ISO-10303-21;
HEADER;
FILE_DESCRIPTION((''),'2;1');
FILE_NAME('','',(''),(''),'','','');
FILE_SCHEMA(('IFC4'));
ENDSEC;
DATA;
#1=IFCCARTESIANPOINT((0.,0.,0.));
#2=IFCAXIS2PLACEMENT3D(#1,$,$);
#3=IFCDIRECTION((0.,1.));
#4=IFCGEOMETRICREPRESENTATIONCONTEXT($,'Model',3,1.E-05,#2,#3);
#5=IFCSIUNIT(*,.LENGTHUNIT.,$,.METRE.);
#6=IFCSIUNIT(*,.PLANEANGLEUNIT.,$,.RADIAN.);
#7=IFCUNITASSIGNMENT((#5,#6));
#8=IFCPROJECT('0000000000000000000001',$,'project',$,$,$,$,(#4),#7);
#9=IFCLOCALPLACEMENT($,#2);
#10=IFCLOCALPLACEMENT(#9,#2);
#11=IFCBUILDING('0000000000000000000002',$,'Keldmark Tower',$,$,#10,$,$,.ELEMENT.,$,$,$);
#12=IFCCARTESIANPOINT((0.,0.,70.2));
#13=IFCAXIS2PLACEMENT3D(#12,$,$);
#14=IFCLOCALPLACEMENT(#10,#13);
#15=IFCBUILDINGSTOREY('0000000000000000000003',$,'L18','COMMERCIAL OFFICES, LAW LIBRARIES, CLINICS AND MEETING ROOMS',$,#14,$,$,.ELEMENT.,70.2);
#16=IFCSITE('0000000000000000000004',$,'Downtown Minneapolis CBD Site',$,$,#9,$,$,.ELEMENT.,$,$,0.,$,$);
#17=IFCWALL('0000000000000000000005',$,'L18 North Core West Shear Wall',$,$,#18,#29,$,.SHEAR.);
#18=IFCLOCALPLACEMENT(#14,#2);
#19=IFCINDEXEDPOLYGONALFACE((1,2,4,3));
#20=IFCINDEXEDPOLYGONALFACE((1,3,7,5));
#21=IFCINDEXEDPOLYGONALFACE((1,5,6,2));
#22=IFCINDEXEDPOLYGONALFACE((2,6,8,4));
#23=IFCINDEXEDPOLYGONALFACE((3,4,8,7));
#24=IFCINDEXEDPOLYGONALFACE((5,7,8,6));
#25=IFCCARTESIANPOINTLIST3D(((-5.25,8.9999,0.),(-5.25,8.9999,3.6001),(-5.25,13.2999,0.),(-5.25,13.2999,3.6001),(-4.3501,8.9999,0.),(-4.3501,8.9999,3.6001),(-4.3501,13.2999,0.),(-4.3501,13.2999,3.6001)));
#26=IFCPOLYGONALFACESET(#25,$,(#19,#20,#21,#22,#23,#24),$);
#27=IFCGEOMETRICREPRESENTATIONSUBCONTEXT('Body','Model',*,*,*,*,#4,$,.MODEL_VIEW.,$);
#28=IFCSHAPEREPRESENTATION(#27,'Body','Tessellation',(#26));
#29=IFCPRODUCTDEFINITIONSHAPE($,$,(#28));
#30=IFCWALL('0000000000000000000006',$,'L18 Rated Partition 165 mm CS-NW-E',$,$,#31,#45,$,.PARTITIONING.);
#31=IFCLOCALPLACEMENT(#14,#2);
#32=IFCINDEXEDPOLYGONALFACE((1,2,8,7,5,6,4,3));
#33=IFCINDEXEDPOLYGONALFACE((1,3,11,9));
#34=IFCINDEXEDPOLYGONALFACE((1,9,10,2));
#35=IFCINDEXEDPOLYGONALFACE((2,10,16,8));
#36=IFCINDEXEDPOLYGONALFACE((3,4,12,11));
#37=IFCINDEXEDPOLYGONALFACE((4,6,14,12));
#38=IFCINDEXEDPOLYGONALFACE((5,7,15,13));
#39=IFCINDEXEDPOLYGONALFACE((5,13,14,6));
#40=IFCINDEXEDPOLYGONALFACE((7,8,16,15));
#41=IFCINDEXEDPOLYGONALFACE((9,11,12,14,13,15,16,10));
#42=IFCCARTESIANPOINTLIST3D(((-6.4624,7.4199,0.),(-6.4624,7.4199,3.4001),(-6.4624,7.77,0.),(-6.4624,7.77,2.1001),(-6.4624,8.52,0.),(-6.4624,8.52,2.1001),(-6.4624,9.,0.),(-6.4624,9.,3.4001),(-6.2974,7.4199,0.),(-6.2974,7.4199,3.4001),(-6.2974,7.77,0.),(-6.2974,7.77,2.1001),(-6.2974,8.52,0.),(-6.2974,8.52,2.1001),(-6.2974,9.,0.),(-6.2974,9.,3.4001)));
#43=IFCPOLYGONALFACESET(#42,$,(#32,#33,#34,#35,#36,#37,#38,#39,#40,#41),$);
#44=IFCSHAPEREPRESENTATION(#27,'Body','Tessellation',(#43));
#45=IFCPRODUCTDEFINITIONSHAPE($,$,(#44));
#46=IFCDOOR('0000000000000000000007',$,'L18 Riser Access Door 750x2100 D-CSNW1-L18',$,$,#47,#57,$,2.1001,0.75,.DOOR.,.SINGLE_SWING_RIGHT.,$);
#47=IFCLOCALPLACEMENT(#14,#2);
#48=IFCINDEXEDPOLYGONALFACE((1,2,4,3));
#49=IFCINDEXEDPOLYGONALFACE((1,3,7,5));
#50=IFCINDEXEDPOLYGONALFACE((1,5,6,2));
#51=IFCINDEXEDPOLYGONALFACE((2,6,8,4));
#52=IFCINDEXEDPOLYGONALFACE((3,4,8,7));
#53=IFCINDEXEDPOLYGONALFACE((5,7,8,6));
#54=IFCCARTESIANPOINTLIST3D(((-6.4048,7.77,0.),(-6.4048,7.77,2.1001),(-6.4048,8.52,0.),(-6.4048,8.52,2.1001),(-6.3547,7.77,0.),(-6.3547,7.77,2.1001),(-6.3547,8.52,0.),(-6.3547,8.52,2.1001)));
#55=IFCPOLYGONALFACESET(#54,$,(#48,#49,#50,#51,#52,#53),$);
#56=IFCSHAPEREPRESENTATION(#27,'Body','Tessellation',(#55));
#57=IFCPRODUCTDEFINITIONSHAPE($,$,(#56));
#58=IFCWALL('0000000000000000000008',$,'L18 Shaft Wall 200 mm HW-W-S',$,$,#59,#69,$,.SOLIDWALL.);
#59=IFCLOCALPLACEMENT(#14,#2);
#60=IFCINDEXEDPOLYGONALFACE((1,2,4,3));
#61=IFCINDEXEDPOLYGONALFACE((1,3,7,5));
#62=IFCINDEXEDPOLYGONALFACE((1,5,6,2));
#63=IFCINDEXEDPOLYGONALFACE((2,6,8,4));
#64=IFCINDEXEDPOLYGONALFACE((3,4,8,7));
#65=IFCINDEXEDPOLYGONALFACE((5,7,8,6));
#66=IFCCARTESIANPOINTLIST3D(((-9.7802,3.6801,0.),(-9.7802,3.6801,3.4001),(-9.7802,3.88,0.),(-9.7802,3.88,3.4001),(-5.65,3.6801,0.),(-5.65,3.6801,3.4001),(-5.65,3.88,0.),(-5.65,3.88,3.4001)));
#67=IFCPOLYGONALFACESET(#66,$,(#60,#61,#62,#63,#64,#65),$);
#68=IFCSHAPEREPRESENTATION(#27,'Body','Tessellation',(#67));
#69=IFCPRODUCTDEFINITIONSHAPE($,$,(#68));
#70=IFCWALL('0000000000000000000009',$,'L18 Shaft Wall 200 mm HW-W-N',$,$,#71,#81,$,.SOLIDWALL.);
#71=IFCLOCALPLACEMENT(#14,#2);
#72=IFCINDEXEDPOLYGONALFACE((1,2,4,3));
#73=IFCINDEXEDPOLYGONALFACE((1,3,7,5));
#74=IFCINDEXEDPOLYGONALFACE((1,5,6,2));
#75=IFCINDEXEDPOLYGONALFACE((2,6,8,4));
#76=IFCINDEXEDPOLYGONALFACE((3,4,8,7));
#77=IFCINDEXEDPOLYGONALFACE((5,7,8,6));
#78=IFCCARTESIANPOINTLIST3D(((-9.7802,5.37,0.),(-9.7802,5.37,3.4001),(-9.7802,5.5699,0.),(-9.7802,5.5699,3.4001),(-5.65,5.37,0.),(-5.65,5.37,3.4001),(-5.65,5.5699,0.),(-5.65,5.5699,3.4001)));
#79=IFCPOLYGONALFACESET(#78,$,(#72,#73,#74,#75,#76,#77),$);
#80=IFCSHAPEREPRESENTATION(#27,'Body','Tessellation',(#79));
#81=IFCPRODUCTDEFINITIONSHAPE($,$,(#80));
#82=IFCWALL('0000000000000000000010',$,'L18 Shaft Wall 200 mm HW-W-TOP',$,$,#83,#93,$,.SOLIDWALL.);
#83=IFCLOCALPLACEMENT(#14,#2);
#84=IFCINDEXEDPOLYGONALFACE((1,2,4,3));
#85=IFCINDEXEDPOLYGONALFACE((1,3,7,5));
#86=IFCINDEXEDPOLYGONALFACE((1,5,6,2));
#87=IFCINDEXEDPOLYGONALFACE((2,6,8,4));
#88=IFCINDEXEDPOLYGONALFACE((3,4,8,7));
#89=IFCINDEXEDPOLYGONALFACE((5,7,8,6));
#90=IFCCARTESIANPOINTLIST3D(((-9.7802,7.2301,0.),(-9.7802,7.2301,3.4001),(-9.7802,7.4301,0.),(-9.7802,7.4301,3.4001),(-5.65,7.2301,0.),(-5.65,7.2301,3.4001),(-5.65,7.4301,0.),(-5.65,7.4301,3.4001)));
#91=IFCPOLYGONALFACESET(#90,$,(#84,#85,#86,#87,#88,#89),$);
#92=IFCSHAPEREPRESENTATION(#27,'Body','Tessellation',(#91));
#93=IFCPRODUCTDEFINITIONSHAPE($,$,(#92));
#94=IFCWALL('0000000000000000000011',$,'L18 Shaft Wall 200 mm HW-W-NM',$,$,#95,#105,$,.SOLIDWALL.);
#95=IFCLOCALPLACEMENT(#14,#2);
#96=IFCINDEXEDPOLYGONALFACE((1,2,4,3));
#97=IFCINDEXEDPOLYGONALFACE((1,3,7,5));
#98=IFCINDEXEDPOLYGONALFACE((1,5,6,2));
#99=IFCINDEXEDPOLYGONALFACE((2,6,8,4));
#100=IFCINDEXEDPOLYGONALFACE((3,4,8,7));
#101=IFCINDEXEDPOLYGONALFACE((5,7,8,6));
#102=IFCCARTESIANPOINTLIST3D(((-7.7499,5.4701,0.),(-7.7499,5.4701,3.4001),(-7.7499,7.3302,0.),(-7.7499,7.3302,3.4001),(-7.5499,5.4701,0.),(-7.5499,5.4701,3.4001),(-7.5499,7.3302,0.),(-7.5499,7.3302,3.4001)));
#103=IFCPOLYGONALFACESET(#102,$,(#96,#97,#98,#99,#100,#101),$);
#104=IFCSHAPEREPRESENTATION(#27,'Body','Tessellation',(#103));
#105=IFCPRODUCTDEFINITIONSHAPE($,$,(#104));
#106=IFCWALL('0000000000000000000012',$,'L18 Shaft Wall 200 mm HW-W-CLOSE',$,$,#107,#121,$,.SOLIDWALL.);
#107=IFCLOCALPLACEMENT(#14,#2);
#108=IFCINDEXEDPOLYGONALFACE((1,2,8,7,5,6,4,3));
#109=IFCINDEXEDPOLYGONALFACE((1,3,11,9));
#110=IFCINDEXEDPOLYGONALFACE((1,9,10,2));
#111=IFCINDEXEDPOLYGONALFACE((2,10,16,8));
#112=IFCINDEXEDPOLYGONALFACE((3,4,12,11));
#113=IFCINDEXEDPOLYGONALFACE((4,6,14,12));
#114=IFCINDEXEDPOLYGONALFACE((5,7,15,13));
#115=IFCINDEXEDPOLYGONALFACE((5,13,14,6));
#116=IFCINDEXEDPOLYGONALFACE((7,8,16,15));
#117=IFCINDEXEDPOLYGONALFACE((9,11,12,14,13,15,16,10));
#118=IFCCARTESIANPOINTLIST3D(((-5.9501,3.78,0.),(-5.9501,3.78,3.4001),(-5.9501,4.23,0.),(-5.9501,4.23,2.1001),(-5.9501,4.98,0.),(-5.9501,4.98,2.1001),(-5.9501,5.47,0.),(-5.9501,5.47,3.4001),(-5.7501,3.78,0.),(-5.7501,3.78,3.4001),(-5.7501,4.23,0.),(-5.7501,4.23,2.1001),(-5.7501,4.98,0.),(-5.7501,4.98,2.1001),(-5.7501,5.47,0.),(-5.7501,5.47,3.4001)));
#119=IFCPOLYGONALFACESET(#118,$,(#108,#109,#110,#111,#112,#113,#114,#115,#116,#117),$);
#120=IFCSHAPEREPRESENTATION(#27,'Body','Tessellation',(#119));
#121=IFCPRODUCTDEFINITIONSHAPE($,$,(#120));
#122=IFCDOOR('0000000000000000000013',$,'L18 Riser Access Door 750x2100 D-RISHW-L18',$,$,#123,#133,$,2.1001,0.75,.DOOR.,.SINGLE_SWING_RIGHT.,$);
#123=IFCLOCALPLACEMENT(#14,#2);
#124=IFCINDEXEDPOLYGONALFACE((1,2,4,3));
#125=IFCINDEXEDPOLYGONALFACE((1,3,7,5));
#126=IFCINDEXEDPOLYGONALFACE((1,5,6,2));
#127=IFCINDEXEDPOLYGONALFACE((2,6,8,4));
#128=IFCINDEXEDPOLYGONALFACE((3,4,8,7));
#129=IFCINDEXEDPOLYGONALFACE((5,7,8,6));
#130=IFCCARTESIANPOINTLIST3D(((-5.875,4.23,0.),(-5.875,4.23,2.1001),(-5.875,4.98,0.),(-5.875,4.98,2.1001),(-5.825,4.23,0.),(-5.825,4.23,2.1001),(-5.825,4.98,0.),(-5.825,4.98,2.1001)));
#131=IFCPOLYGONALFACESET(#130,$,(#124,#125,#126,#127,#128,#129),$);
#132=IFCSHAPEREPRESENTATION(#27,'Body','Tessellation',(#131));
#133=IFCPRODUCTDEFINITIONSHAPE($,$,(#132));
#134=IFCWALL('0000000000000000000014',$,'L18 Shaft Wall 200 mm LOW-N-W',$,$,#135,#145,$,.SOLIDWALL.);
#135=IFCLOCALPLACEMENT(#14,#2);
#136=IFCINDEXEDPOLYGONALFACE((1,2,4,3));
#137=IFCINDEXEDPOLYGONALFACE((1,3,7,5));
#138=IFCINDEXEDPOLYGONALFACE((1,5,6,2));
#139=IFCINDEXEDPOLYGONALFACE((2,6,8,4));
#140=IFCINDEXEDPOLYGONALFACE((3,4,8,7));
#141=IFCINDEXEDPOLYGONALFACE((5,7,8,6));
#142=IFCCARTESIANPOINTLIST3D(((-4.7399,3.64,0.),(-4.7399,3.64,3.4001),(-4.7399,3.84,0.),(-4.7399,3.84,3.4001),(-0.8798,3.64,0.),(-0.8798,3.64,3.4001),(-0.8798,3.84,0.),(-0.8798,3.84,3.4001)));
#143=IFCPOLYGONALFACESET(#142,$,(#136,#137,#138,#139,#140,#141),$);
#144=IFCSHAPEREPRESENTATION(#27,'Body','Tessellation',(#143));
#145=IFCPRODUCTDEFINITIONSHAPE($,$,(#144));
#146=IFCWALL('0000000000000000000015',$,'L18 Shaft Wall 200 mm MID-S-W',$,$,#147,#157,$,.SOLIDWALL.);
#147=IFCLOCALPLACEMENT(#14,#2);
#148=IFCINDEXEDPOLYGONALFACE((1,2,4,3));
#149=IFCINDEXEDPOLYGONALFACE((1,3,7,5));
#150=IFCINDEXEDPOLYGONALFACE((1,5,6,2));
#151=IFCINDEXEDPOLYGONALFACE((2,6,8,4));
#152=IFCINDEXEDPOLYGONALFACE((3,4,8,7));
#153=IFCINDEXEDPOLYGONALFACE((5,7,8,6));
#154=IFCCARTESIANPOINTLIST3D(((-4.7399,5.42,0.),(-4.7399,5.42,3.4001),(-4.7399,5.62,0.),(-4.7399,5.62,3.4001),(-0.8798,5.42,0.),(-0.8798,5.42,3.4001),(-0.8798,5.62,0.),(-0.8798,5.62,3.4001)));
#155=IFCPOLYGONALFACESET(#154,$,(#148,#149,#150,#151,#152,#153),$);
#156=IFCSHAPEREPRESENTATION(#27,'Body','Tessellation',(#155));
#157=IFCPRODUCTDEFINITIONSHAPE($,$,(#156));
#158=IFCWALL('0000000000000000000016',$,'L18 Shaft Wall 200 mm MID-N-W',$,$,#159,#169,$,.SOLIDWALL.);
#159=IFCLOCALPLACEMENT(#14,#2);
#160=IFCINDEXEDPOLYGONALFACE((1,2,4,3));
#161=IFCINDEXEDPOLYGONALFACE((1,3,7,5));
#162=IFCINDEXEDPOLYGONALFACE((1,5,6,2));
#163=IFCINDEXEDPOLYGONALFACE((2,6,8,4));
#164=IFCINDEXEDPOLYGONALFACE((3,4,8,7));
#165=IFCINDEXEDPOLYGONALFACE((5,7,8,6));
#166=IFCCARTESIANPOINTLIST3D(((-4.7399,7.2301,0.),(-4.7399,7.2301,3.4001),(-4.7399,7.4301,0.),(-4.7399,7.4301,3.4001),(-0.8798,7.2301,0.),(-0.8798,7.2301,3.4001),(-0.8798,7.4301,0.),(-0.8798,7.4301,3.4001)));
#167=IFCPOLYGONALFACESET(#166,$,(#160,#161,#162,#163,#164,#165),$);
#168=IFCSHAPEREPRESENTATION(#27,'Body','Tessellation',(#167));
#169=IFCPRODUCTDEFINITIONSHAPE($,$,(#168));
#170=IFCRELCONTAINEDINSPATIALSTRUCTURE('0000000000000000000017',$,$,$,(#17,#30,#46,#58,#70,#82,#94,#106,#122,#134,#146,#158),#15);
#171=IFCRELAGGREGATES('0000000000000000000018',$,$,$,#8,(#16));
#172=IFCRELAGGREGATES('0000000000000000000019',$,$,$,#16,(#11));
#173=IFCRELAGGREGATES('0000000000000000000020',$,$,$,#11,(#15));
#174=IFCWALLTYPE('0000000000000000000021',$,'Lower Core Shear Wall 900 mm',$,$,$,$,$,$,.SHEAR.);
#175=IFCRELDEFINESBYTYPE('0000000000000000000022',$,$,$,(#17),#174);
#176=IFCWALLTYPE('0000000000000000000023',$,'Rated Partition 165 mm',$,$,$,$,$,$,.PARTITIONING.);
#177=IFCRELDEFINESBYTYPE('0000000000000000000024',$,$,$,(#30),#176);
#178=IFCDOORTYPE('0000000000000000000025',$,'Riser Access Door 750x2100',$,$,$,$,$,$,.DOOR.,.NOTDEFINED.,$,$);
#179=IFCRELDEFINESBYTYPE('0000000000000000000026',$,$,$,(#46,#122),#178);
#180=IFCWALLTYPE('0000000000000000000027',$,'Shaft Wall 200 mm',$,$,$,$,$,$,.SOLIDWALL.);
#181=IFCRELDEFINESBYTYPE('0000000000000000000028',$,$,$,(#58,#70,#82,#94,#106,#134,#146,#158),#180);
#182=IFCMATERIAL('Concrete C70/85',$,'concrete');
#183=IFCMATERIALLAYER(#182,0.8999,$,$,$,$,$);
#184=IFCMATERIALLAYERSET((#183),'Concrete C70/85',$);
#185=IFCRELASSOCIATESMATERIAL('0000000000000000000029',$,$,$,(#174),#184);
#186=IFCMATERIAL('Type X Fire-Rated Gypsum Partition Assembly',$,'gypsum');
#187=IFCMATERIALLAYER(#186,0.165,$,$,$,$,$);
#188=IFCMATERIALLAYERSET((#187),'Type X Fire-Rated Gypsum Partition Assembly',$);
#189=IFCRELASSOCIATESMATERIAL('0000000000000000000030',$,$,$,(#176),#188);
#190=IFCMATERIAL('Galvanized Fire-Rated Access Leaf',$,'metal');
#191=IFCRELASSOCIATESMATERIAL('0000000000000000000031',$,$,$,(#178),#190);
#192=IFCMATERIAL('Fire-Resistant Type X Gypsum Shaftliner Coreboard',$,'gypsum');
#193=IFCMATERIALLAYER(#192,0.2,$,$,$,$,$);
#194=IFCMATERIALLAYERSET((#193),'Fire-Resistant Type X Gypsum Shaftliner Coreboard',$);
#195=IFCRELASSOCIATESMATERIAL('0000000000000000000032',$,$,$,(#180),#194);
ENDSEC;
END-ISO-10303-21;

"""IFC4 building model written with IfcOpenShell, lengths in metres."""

from ifc_helpers import new_model, si_unit, direction, frame, frame_2d, origin, place, context, subcontext, project, spatial, rectangle, extrude, material, layer, layer_set, type_object, element, fill, save


model = new_model("IFC4")

# Units and contexts
model_context = context("Model", 3, precision=1e-05, world=origin(), true_north=direction((0.0, 1.0)))
body_context = subcontext(model_context, "Body", "Model", "MODEL_VIEW")
ifc_project = project(units=[si_unit("LENGTHUNIT", "METRE"), si_unit("PLANEANGLEUNIT", "RADIAN")], contexts=[model_context])

# Site, building, storey
site_placement = place(None, origin())
site = spatial("IfcSite", under=ifc_project, at=site_placement, Name="Downtown Minneapolis CBD Site", CompositionType="ELEMENT", RefElevation=0.0)
building_placement = place(site_placement, origin())
building = spatial("IfcBuilding", under=site, at=building_placement, Name="Keldmark Tower", CompositionType="ELEMENT")
storey_placement = place(building_placement, frame((0.0, 0.0, 70.2)))
storey = spatial("IfcBuildingStorey", under=building, at=storey_placement, Name="L18", Description="COMMERCIAL OFFICES, LAW LIBRARIES, CLINICS AND MEETING ROOMS", CompositionType="ELEMENT", Elevation=70.2)

# Wall
ifc_material_1 = material(Name="Concrete C70/85", Category="concrete")
ifc_layer_1 = layer(ifc_material_1, 0.8999)
ifc_layer_set_1 = layer_set([ifc_layer_1], Name="Concrete C70/85")
wall_type_1 = type_object("IfcWallType", Name="Lower Core Shear Wall 900 mm", PredefinedType="SHEAR", material=ifc_layer_set_1)
wall_1_placement = place(storey_placement, frame((-4.8, 9.0, 0.0), z_axis=(0.0, 0.0, 1.0), x_axis=(0.0, 1.0, 0.0)))
element("IfcWall", 1, at=wall_1_placement, inside=storey, type_object=wall_type_1, Name="L18 North Core West Shear Wall", PredefinedType="SHEAR", context=body_context, shape_type="SweptSolid", body=[
    extrude(rectangle(XDim=4.3, YDim=0.8999, at=frame_2d((2.1499, 0.0))), origin(), (0.0, 0.0, 1.0), 3.6001),
])

# Wall, opening, door
ifc_material_2 = material(Name="Type X Fire-Rated Gypsum Partition Assembly", Category="gypsum")
ifc_layer_2 = layer(ifc_material_2, 0.165)
ifc_layer_set_2 = layer_set([ifc_layer_2], Name="Type X Fire-Rated Gypsum Partition Assembly")
wall_type_2 = type_object("IfcWallType", Name="Rated Partition 165 mm", PredefinedType="PARTITIONING", material=ifc_layer_set_2)
wall_2_placement = place(storey_placement, frame((-6.3799, 7.4199, 0.0), z_axis=(0.0, 0.0, 1.0), x_axis=(0.0, 1.0, 0.0)))
wall_2 = element("IfcWall", 2, at=wall_2_placement, inside=storey, type_object=wall_type_2, Name="L18 Rated Partition 165 mm CS-NW-E", PredefinedType="PARTITIONING", context=body_context, shape_type="SweptSolid", body=[
    extrude(rectangle(XDim=1.5801, YDim=0.165, at=frame_2d((0.79, 0.0))), origin(), (0.0, 0.0, 1.0), 3.4001),
])
opening_1_placement = place(wall_2_placement, frame((0.3501, 0.0, 0.0)))
opening_1 = element("IfcOpeningElement", 3, at=opening_1_placement, cuts=wall_2, PredefinedType="OPENING", context=body_context, shape_type="SweptSolid", body=[
    extrude(rectangle(XDim=0.75, YDim=2.1001, at=frame_2d((0.375, 1.05))), frame((0.0, 0.0925, 0.0), z_axis=(0.0, -1.0, 0.0), x_axis=(1.0, 0.0, 0.0)), (0.0, 0.0, 1.0), 0.1851),
])
ifc_material_3 = material(Name="Galvanized Fire-Rated Access Leaf", Category="metal")
door_type_1 = type_object("IfcDoorType", Name="Riser Access Door 750x2100", OperationType="NOTDEFINED", PredefinedType="DOOR", material=ifc_material_3)
door_1_placement = place(opening_1_placement, origin())
door_1 = element("IfcDoor", 4, at=door_1_placement, inside=storey, type_object=door_type_1, Name="L18 Riser Access Door 750x2100 D-CSNW1-L18", OperationType="SINGLE_SWING_RIGHT", OverallHeight=2.1001, OverallWidth=0.75, PredefinedType="DOOR", context=body_context, shape_type="SweptSolid", body=[
    extrude(rectangle(XDim=0.75, YDim=2.1001, at=frame_2d((0.375, 1.05))), frame((0.0, 0.0249, 0.0), z_axis=(0.0, -1.0, 0.0), x_axis=(1.0, 0.0, 0.0)), (0.0, 0.0, 1.0), 0.05),
])
fill(opening_1, door_1)

# Walls
ifc_material_4 = material(Name="Fire-Resistant Type X Gypsum Shaftliner Coreboard", Category="gypsum")
ifc_layer_3 = layer(ifc_material_4, 0.2)
ifc_layer_set_3 = layer_set([ifc_layer_3], Name="Fire-Resistant Type X Gypsum Shaftliner Coreboard")
wall_type_3 = type_object("IfcWallType", Name="Shaft Wall 200 mm", PredefinedType="SOLIDWALL", material=ifc_layer_set_3)
for number, where, z_axis, x_axis, name in (
    (5, (-9.78, 3.78, 0.0), (0.0, 0.0, 1.0), (1.0, 0.0, 0.0), "L18 Shaft Wall 200 mm HW-W-S"),
    (6, (-9.78, 5.47, 0.0), (0.0, 0.0, 1.0), (1.0, 0.0, 0.0), "L18 Shaft Wall 200 mm HW-W-N"),
    (7, (-9.78, 7.3301, 0.0), (0.0, 0.0, 1.0), (1.0, 0.0, 0.0), "L18 Shaft Wall 200 mm HW-W-TOP"),
):
    element("IfcWall", number, at=place(storey_placement, frame(where, z_axis=z_axis, x_axis=x_axis)), inside=storey, type_object=wall_type_3, Name=name, PredefinedType="SOLIDWALL", context=body_context, shape_type="SweptSolid", body=[
        extrude(rectangle(XDim=4.1301, YDim=0.2, at=frame_2d((2.0649, 0.0))), origin(), (0.0, 0.0, 1.0), 3.4001),
    ])
wall_3_placement = place(storey_placement, frame((-7.6499, 5.47, 0.0), z_axis=(0.0, 0.0, 1.0), x_axis=(0.0, 1.0, 0.0)))
element("IfcWall", 8, at=wall_3_placement, inside=storey, type_object=wall_type_3, Name="L18 Shaft Wall 200 mm HW-W-NM", PredefinedType="SOLIDWALL", context=body_context, shape_type="SweptSolid", body=[
    extrude(rectangle(XDim=1.8601, YDim=0.2, at=frame_2d((0.9302, 0.0))), origin(), (0.0, 0.0, 1.0), 3.4001),
])

# Wall, opening, door
wall_4_placement = place(storey_placement, frame((-5.8501, 3.78, 0.0), z_axis=(0.0, 0.0, 1.0), x_axis=(0.0, 1.0, 0.0)))
wall_4 = element("IfcWall", 9, at=wall_4_placement, inside=storey, type_object=wall_type_3, Name="L18 Shaft Wall 200 mm HW-W-CLOSE", PredefinedType="SOLIDWALL", context=body_context, shape_type="SweptSolid", body=[
    extrude(rectangle(XDim=1.6899, YDim=0.2, at=frame_2d((0.845, 0.0))), origin(), (0.0, 0.0, 1.0), 3.4001),
])
opening_2_placement = place(wall_4_placement, frame((0.45, 0.0, 0.0)))
opening_2 = element("IfcOpeningElement", 10, at=opening_2_placement, cuts=wall_4, PredefinedType="OPENING", context=body_context, shape_type="SweptSolid", body=[
    extrude(rectangle(XDim=0.75, YDim=2.1001, at=frame_2d((0.375, 1.05))), frame((0.0, 0.1099, 0.0), z_axis=(0.0, -1.0, 0.0), x_axis=(1.0, 0.0, 0.0)), (0.0, 0.0, 1.0), 0.22),
])
door_2_placement = place(opening_2_placement, origin())
door_2 = element("IfcDoor", 11, at=door_2_placement, inside=storey, type_object=door_type_1, Name="L18 Riser Access Door 750x2100 D-RISHW-L18", OperationType="SINGLE_SWING_RIGHT", OverallHeight=2.1001, OverallWidth=0.75, PredefinedType="DOOR", context=body_context, shape_type="SweptSolid", body=[
    extrude(rectangle(XDim=0.75, YDim=2.1001, at=frame_2d((0.375, 1.05))), frame((0.0, 0.0249, 0.0), z_axis=(0.0, -1.0, 0.0), x_axis=(1.0, 0.0, 0.0)), (0.0, 0.0, 1.0), 0.05),
])
fill(opening_2, door_2)

# Walls
for number, where, z_axis, x_axis, name in (
    (12, (-4.74, 3.74, 0.0), (0.0, 0.0, 1.0), (1.0, 0.0, 0.0), "L18 Shaft Wall 200 mm LOW-N-W"),
    (13, (-4.74, 5.52, 0.0), (0.0, 0.0, 1.0), (1.0, 0.0, 0.0), "L18 Shaft Wall 200 mm MID-S-W"),
    (14, (-4.74, 7.3301, 0.0), (0.0, 0.0, 1.0), (1.0, 0.0, 0.0), "L18 Shaft Wall 200 mm MID-N-W"),
):
    element("IfcWall", number, at=place(storey_placement, frame(where, z_axis=z_axis, x_axis=x_axis)), inside=storey, type_object=wall_type_3, Name=name, PredefinedType="SOLIDWALL", context=body_context, shape_type="SweptSolid", body=[
        extrude(rectangle(XDim=3.8601, YDim=0.2, at=frame_2d((1.9302, 0.0))), origin(), (0.0, 0.0, 1.0), 3.4001),
    ])

save(model, "model.ifc")
